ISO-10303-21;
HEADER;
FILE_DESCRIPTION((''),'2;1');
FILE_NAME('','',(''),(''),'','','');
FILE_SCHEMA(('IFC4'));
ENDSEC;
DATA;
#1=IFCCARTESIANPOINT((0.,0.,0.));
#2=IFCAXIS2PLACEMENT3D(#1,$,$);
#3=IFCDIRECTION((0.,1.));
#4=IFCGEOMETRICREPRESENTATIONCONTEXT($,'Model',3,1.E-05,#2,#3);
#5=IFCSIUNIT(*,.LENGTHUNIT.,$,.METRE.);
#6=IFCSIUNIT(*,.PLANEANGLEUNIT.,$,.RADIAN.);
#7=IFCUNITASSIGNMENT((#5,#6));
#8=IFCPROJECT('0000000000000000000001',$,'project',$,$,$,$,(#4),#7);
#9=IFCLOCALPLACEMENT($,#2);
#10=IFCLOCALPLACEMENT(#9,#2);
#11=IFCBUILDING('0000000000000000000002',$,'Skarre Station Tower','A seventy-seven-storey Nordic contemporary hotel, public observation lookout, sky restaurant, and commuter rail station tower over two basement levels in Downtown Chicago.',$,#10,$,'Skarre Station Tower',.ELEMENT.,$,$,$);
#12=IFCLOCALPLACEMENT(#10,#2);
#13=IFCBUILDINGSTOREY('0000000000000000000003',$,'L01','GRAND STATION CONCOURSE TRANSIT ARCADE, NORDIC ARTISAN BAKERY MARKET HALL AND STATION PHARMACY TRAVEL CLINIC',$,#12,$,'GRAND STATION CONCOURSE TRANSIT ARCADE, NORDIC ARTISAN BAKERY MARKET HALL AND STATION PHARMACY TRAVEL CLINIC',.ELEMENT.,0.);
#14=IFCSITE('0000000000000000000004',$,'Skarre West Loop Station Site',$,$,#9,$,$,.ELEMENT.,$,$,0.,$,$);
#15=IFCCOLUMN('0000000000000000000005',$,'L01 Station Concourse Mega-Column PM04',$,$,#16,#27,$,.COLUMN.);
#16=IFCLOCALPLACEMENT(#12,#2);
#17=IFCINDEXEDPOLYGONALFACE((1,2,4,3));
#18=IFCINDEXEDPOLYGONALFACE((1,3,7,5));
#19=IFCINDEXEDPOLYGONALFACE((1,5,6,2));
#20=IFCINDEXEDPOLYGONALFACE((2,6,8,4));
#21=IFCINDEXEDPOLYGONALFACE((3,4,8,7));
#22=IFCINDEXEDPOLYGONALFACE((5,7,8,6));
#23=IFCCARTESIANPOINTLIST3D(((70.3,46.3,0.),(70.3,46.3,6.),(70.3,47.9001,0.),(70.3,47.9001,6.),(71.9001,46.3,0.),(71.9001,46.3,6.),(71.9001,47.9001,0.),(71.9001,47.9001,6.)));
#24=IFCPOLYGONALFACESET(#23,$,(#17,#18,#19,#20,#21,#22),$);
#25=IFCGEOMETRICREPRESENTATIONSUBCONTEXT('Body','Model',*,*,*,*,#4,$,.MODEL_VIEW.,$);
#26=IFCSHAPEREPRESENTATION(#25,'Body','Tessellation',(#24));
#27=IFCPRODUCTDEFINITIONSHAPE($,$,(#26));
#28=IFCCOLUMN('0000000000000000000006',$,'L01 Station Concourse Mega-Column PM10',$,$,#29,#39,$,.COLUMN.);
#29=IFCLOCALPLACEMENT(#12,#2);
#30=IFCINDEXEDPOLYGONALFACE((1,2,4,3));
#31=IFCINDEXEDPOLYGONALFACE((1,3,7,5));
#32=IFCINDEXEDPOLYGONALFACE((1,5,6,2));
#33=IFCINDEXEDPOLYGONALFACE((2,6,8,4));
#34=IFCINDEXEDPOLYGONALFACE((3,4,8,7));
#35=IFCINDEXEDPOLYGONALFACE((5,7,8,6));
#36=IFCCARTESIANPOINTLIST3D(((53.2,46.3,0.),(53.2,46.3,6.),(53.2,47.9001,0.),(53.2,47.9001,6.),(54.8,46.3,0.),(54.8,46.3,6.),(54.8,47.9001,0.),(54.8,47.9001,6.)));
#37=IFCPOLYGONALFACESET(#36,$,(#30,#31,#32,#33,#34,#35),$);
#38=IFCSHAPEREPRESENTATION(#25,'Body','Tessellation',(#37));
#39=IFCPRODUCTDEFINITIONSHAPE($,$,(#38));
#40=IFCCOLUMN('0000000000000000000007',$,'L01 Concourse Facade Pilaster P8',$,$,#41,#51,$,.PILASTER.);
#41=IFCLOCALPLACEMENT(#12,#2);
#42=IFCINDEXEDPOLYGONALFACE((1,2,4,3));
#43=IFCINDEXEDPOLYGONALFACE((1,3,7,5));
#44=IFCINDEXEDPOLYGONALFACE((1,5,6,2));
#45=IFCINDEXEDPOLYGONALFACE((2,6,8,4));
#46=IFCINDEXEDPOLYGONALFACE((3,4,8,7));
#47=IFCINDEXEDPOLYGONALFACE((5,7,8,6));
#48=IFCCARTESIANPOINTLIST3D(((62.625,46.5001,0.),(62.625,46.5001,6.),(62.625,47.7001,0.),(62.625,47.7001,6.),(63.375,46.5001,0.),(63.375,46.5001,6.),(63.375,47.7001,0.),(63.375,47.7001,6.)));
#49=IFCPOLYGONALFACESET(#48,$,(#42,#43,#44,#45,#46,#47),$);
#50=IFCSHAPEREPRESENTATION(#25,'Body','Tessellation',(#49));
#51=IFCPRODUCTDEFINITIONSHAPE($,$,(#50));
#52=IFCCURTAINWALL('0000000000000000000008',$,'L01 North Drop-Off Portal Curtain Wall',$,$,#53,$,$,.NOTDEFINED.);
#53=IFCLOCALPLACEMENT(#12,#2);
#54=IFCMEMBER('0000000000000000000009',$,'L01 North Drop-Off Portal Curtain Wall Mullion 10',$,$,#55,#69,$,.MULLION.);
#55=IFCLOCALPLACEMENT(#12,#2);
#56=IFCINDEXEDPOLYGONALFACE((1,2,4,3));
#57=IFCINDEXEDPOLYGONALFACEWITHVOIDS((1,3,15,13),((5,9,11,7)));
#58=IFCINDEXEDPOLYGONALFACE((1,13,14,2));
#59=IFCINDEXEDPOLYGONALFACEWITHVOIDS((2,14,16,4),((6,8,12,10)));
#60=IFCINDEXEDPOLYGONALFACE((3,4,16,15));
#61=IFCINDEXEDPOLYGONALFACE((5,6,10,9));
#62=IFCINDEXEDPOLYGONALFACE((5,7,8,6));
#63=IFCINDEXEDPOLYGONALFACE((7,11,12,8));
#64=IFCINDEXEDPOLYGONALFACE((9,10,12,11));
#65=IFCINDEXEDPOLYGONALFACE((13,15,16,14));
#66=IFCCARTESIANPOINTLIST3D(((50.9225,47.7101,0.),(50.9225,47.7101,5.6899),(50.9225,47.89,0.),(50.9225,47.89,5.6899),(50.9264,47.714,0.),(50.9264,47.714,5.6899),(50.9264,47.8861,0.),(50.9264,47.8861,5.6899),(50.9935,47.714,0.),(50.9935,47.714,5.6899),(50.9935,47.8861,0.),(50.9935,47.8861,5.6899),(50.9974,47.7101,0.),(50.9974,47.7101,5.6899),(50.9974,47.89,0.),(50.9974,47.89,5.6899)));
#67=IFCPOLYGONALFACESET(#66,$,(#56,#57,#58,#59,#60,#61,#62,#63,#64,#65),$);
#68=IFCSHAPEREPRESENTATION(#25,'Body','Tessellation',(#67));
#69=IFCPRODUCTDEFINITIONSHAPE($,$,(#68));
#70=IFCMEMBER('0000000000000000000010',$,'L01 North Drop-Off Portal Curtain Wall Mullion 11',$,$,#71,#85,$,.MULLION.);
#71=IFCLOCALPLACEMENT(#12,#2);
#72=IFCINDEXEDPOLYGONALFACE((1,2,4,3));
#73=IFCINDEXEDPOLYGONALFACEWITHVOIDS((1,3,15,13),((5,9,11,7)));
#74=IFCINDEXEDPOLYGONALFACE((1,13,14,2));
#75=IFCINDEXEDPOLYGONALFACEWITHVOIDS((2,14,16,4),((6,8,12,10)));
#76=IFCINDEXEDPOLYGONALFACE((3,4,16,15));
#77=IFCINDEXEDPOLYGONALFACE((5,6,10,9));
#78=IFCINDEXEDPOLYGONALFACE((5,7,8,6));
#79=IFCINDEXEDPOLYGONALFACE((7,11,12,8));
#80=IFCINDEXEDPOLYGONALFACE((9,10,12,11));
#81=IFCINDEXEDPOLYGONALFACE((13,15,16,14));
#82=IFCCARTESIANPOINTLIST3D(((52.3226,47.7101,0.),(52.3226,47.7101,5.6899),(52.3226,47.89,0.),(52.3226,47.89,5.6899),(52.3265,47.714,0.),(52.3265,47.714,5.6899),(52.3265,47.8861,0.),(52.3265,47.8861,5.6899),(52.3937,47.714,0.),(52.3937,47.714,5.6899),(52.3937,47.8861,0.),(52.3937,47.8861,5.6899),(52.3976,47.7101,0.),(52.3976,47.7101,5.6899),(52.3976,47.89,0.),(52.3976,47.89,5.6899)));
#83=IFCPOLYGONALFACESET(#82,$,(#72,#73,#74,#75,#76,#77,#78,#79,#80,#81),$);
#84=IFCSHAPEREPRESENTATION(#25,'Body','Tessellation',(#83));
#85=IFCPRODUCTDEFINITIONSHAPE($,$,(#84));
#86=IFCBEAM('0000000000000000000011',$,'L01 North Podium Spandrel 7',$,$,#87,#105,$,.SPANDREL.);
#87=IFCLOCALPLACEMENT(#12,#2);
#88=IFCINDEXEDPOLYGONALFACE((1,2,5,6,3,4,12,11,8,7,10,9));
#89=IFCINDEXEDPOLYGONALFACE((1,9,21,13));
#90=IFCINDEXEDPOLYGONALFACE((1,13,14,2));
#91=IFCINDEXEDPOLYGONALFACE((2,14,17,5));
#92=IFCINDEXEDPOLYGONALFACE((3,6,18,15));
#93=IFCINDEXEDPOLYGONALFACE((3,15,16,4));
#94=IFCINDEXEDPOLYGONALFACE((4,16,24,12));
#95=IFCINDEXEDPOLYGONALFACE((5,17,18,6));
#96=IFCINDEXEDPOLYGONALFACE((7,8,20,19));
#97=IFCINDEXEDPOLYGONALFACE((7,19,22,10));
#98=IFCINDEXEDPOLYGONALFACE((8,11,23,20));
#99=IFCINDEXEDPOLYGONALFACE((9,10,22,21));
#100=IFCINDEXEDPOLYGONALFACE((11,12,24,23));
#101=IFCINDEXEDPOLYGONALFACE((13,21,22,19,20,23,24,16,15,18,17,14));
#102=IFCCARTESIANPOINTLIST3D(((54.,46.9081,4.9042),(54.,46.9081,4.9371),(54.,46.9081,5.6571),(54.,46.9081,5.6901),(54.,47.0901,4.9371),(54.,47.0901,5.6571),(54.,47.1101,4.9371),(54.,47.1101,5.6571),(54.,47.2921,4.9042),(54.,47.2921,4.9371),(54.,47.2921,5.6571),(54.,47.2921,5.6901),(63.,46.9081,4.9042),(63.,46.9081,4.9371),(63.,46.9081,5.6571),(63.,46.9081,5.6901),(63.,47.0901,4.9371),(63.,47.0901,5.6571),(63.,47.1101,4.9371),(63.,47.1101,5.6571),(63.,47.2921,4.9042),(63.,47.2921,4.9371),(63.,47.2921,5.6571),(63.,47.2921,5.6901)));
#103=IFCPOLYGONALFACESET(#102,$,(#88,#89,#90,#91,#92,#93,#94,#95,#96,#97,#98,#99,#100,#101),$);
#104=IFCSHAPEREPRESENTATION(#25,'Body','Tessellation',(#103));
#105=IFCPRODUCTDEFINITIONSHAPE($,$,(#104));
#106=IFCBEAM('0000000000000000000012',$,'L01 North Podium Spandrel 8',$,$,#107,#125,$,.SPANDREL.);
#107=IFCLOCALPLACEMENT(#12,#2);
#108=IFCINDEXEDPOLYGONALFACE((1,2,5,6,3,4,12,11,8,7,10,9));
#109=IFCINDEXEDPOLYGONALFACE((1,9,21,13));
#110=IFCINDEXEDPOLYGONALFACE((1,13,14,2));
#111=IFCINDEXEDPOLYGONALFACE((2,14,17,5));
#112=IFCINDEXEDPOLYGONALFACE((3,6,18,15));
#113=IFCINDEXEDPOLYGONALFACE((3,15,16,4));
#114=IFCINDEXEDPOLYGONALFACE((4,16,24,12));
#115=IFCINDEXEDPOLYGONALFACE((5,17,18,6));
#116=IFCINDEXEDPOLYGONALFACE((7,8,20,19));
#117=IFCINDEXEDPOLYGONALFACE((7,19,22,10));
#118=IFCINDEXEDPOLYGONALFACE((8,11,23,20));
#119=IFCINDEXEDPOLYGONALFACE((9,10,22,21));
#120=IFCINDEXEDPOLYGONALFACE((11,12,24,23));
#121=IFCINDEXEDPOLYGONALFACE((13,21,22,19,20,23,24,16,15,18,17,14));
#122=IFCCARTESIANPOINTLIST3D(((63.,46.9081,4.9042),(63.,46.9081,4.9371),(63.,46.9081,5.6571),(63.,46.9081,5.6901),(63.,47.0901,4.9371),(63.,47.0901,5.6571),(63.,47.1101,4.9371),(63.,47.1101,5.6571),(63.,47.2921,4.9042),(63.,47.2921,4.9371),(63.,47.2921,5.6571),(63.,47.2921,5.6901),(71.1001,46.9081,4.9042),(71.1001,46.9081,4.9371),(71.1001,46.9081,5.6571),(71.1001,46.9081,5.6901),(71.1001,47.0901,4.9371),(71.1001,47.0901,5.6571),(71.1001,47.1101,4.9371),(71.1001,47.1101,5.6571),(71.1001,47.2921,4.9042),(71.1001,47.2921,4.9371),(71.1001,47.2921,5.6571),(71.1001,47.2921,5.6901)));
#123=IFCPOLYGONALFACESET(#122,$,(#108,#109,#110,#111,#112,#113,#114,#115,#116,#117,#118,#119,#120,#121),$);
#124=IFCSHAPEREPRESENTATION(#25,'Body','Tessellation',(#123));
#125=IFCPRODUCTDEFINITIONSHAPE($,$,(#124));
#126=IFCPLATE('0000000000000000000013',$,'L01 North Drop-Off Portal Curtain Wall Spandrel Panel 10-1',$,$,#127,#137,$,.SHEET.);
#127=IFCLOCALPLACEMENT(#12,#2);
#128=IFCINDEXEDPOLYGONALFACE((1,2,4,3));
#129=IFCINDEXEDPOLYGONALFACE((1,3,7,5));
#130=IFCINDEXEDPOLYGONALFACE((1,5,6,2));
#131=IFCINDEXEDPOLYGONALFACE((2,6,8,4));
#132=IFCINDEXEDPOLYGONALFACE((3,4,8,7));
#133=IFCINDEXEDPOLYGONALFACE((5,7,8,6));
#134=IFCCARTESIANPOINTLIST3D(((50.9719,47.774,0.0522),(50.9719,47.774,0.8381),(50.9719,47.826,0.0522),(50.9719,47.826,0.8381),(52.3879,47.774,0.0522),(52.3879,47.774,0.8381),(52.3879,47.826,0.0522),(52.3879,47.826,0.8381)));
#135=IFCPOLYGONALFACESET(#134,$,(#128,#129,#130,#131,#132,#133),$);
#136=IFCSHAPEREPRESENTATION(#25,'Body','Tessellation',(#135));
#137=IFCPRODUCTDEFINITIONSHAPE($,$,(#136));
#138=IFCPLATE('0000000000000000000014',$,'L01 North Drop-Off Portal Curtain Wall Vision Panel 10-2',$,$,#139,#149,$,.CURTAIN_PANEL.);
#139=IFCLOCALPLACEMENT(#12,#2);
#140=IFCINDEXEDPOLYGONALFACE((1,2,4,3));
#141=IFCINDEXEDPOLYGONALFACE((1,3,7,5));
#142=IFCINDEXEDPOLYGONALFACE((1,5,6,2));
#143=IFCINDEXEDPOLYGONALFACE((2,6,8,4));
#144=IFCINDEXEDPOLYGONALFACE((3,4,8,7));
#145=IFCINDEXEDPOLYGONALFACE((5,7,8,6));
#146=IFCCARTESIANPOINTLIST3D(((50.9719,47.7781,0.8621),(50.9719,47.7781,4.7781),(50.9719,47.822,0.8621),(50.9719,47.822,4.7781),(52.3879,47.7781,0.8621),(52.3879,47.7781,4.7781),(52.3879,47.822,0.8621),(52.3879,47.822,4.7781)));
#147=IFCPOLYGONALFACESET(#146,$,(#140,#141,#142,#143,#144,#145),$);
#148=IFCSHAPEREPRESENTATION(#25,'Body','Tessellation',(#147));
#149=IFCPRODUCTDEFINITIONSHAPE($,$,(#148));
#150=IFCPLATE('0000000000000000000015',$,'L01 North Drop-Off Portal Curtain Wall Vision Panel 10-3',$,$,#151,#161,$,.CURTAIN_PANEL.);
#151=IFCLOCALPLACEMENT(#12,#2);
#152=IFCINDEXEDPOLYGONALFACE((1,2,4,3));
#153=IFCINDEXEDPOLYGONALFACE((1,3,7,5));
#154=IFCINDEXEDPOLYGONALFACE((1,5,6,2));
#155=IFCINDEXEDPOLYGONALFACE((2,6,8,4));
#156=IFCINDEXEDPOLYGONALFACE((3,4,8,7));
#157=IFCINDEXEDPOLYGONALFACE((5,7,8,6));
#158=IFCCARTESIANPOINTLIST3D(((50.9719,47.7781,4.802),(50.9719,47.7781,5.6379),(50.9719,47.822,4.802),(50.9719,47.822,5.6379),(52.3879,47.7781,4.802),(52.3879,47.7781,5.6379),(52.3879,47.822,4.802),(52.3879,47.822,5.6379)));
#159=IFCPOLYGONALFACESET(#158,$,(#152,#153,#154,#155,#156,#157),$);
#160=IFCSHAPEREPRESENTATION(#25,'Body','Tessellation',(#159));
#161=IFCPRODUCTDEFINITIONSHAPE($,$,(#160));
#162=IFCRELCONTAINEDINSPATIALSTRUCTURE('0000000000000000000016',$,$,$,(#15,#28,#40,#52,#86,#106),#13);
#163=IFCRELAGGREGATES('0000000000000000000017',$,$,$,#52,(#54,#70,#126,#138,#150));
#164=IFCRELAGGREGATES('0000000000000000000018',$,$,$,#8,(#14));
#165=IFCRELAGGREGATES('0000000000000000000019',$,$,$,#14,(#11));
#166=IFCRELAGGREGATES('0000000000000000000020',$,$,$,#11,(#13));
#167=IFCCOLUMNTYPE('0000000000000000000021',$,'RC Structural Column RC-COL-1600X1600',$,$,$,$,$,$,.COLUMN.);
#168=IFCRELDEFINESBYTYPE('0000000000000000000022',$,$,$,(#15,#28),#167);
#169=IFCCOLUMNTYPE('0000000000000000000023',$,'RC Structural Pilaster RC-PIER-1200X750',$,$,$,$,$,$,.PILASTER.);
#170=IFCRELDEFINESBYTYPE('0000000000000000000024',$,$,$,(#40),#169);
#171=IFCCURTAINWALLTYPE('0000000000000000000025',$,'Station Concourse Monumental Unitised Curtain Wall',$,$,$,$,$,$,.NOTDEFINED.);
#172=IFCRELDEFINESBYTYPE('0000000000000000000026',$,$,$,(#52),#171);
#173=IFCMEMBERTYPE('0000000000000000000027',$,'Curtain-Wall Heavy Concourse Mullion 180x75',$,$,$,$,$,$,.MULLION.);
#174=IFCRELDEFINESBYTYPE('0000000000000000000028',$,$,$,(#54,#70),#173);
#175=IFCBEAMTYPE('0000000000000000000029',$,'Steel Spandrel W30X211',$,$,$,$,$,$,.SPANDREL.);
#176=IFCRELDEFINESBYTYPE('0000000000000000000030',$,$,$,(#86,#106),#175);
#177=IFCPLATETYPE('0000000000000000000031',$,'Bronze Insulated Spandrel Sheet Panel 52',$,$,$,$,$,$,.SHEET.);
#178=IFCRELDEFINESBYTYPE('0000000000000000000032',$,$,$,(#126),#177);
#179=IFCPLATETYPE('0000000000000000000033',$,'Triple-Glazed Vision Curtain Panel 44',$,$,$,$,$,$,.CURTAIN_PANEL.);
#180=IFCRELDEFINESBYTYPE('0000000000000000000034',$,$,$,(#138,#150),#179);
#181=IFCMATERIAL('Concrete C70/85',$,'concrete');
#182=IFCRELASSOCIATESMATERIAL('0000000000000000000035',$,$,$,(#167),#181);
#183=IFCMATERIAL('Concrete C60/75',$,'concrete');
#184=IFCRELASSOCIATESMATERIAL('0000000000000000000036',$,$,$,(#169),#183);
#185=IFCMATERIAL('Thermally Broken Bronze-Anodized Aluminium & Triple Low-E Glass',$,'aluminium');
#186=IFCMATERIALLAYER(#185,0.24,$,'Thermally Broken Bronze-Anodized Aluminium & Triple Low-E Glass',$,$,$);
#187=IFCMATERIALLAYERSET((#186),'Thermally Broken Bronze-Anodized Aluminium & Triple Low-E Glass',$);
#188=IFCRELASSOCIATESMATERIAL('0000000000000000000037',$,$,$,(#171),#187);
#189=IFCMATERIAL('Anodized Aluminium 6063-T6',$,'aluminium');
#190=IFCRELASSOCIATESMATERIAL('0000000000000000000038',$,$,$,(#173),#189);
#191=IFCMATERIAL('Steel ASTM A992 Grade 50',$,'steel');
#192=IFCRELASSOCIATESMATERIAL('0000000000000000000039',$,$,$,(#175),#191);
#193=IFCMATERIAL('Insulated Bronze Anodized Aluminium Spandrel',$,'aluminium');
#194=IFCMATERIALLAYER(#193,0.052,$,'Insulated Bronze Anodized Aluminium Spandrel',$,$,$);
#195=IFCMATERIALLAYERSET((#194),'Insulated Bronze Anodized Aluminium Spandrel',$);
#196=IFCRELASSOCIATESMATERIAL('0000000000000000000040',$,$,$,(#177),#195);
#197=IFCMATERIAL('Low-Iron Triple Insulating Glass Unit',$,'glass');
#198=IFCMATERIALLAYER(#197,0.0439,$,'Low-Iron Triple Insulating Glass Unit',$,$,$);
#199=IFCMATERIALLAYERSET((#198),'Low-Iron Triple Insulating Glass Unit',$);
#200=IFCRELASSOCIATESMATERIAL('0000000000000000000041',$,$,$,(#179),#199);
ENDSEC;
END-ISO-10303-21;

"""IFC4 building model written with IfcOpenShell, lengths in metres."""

from ifc_helpers import new_model, si_unit, direction, frame, origin, origin_2d, place, context, subcontext, project, spatial, rectangle, hollow_rectangle, i_section, extrude, material, layer, layer_set, material_profile, profile_set, type_object, element, aggregate, save


model = new_model("IFC4")

# Units and contexts
model_context = context("Model", 3, precision=1e-05, world=origin(), true_north=direction((0.0, 1.0)))
body_context = subcontext(model_context, "Body", "Model", "MODEL_VIEW")
ifc_project = project(units=[si_unit("LENGTHUNIT", "METRE"), si_unit("PLANEANGLEUNIT", "RADIAN")], contexts=[model_context])

# Site, building, storey
site_placement = place(None, origin())
site = spatial("IfcSite", under=ifc_project, at=site_placement, Name="Skarre West Loop Station Site", CompositionType="ELEMENT", RefElevation=0.0)
building_placement = place(site_placement, origin())
building = spatial("IfcBuilding", under=site, at=building_placement, Name="Skarre Station Tower", Description="A seventy-seven-storey Nordic contemporary hotel, public observation lookout, sky restaurant, and commuter rail station tower over two basement levels in Downtown Chicago.", LongName="Skarre Station Tower", CompositionType="ELEMENT")
storey_placement = place(building_placement, origin())
storey = spatial("IfcBuildingStorey", under=building, at=storey_placement, Name="L01", Description="GRAND STATION CONCOURSE TRANSIT ARCADE, NORDIC ARTISAN BAKERY MARKET HALL AND STATION PHARMACY TRAVEL CLINIC", LongName="GRAND STATION CONCOURSE TRANSIT ARCADE, NORDIC ARTISAN BAKERY MARKET HALL AND STATION PHARMACY TRAVEL CLINIC", CompositionType="ELEMENT", Elevation=0.0)

# Columns
ifc_material_1 = material(Name="Concrete C70/85", Category="concrete")
ifc_material_profile_1 = material_profile(ifc_material_1, rectangle(XDim=1.6001, YDim=1.6001, at=origin_2d()), Name="Concrete C70/85")
ifc_profile_set_1 = profile_set([ifc_material_profile_1], Name="Concrete C70/85")
column_type_1 = type_object("IfcColumnType", Name="RC Structural Column RC-COL-1600X1600", PredefinedType="COLUMN", material=ifc_profile_set_1)
for number, where, z_axis, x_axis, name in (
    (1, (71.1001, 47.1001, 0.0), (0.0, 0.0, 1.0), (1.0, 0.0, 0.0), "L01 Station Concourse Mega-Column PM04"),
    (2, (54.0, 47.1001, 0.0), (0.0, 0.0, 1.0), (1.0, 0.0, 0.0), "L01 Station Concourse Mega-Column PM10"),
):
    element("IfcColumn", number, at=place(storey_placement, frame(where, z_axis=z_axis, x_axis=x_axis)), inside=storey, type_object=column_type_1, Name=name, PredefinedType="COLUMN", context=body_context, shape_type="SweptSolid", body=[
        extrude(rectangle(XDim=1.6001, YDim=1.6001, at=origin_2d()), origin(), (0.0, 0.0, 1.0), 6.0),
    ])
ifc_material_2 = material(Name="Concrete C60/75", Category="concrete")
ifc_material_profile_2 = material_profile(ifc_material_2, rectangle(XDim=0.75, YDim=1.2, at=origin_2d()), Name="Concrete C60/75")
ifc_profile_set_2 = profile_set([ifc_material_profile_2], Name="Concrete C60/75")
column_type_2 = type_object("IfcColumnType", Name="RC Structural Pilaster RC-PIER-1200X750", PredefinedType="PILASTER", material=ifc_profile_set_2)
column_placement = place(storey_placement, frame((63.0, 47.1001, 0.0), z_axis=(0.0, 0.0, 1.0), x_axis=(1.0, 0.0, 0.0)))
element("IfcColumn", 3, at=column_placement, inside=storey, type_object=column_type_2, Name="L01 Concourse Facade Pilaster P8", PredefinedType="PILASTER", context=body_context, shape_type="SweptSolid", body=[
    extrude(rectangle(XDim=0.75, YDim=1.2, at=origin_2d()), origin(), (0.0, 0.0, 1.0), 6.0),
])

# Curtain wall, members
ifc_material_3 = material(Name="Thermally Broken Bronze-Anodized Aluminium & Triple Low-E Glass", Category="aluminium")
ifc_layer_1 = layer(ifc_material_3, 0.24, Name="Thermally Broken Bronze-Anodized Aluminium & Triple Low-E Glass")
ifc_layer_set_1 = layer_set([ifc_layer_1], Name="Thermally Broken Bronze-Anodized Aluminium & Triple Low-E Glass")
curtain_wall_type = type_object("IfcCurtainWallType", Name="Station Concourse Monumental Unitised Curtain Wall", PredefinedType="NOTDEFINED", material=ifc_layer_set_1)
curtain_wall_placement = place(storey_placement, origin())
curtain_wall = element("IfcCurtainWall", 4, at=curtain_wall_placement, inside=storey, type_object=curtain_wall_type, Name="L01 North Drop-Off Portal Curtain Wall", PredefinedType="NOTDEFINED")
ifc_material_4 = material(Name="Anodized Aluminium 6063-T6", Category="aluminium")
ifc_material_profile_3 = material_profile(ifc_material_4, hollow_rectangle(XDim=0.075, YDim=0.1799, WallThickness=0.0039, at=origin_2d()), Name="Anodized Aluminium 6063-T6")
ifc_profile_set_3 = profile_set([ifc_material_profile_3], Name="Anodized Aluminium 6063-T6")
member_type = type_object("IfcMemberType", Name="Curtain-Wall Heavy Concourse Mullion 180x75", PredefinedType="MULLION", material=ifc_profile_set_3)
member_1_placement = place(storey_placement, frame((50.96, 47.8, 0.0), z_axis=(0.0, 0.0, 1.0), x_axis=(1.0, 0.0, 0.0)))
member_1 = element("IfcMember", 5, at=member_1_placement, type_object=member_type, Name="L01 North Drop-Off Portal Curtain Wall Mullion 10", PredefinedType="MULLION", context=body_context, shape_type="SweptSolid", body=[
    extrude(hollow_rectangle(XDim=0.075, YDim=0.1799, WallThickness=0.0039, at=origin_2d()), origin(), (0.0, 0.0, 1.0), 5.6899),
])
member_2_placement = place(storey_placement, frame((52.3601, 47.8, 0.0), z_axis=(0.0, 0.0, 1.0), x_axis=(1.0, 0.0, 0.0)))
member_2 = element("IfcMember", 6, at=member_2_placement, type_object=member_type, Name="L01 North Drop-Off Portal Curtain Wall Mullion 11", PredefinedType="MULLION", context=body_context, shape_type="SweptSolid", body=[
    extrude(hollow_rectangle(XDim=0.075, YDim=0.1799, WallThickness=0.0039, at=origin_2d()), origin(), (0.0, 0.0, 1.0), 5.6899),
])

# Beams
ifc_material_5 = material(Name="Steel ASTM A992 Grade 50", Category="steel")
ifc_material_profile_4 = material_profile(ifc_material_5, i_section(OverallWidth=0.384, OverallDepth=0.7859, WebThickness=0.02, FlangeThickness=0.033, at=origin_2d()), Name="Steel ASTM A992 Grade 50")
ifc_profile_set_4 = profile_set([ifc_material_profile_4], Name="Steel ASTM A992 Grade 50")
beam_type = type_object("IfcBeamType", Name="Steel Spandrel W30X211", PredefinedType="SPANDREL", material=ifc_profile_set_4)
beam_1_placement = place(storey_placement, frame((54.0, 47.1001, 5.2971), z_axis=(1.0, 0.0, 0.0), x_axis=(0.0, 1.0, 0.0)))
element("IfcBeam", 7, at=beam_1_placement, inside=storey, type_object=beam_type, Name="L01 North Podium Spandrel 7", PredefinedType="SPANDREL", context=body_context, shape_type="SweptSolid", body=[
    extrude(i_section(OverallWidth=0.384, OverallDepth=0.7859, WebThickness=0.02, FlangeThickness=0.033, at=origin_2d()), origin(), (0.0, 0.0, 1.0), 9.0),
])
beam_2_placement = place(storey_placement, frame((63.0, 47.1001, 5.2971), z_axis=(1.0, 0.0, 0.0), x_axis=(0.0, 1.0, 0.0)))
element("IfcBeam", 8, at=beam_2_placement, inside=storey, type_object=beam_type, Name="L01 North Podium Spandrel 8", PredefinedType="SPANDREL", context=body_context, shape_type="SweptSolid", body=[
    extrude(i_section(OverallWidth=0.384, OverallDepth=0.7859, WebThickness=0.02, FlangeThickness=0.033, at=origin_2d()), origin(), (0.0, 0.0, 1.0), 8.1001),
])

# Plates
ifc_material_6 = material(Name="Insulated Bronze Anodized Aluminium Spandrel", Category="aluminium")
ifc_layer_2 = layer(ifc_material_6, 0.052, Name="Insulated Bronze Anodized Aluminium Spandrel")
ifc_layer_set_2 = layer_set([ifc_layer_2], Name="Insulated Bronze Anodized Aluminium Spandrel")
plate_type_1 = type_object("IfcPlateType", Name="Bronze Insulated Spandrel Sheet Panel 52", PredefinedType="SHEET", material=ifc_layer_set_2)
plate_1_placement = place(storey_placement, frame((51.6799, 47.8, 0.0522), z_axis=(0.0, 0.0, 1.0), x_axis=(1.0, 0.0, 0.0)))
plate_1 = element("IfcPlate", 9, at=plate_1_placement, type_object=plate_type_1, Name="L01 North Drop-Off Portal Curtain Wall Spandrel Panel 10-1", PredefinedType="SHEET", context=body_context, shape_type="SweptSolid", body=[
    extrude(rectangle(XDim=1.416, YDim=0.052, at=origin_2d()), origin(), (0.0, 0.0, 1.0), 0.7859),
])
ifc_material_7 = material(Name="Low-Iron Triple Insulating Glass Unit", Category="glass")
ifc_layer_3 = layer(ifc_material_7, 0.0439, Name="Low-Iron Triple Insulating Glass Unit")
ifc_layer_set_3 = layer_set([ifc_layer_3], Name="Low-Iron Triple Insulating Glass Unit")
plate_type_2 = type_object("IfcPlateType", Name="Triple-Glazed Vision Curtain Panel 44", PredefinedType="CURTAIN_PANEL", material=ifc_layer_set_3)
plate_2_placement = place(storey_placement, frame((51.6799, 47.8, 0.8621), z_axis=(0.0, 0.0, 1.0), x_axis=(1.0, 0.0, 0.0)))
plate_2 = element("IfcPlate", 10, at=plate_2_placement, type_object=plate_type_2, Name="L01 North Drop-Off Portal Curtain Wall Vision Panel 10-2", PredefinedType="CURTAIN_PANEL", context=body_context, shape_type="SweptSolid", body=[
    extrude(rectangle(XDim=1.416, YDim=0.0439, at=origin_2d()), origin(), (0.0, 0.0, 1.0), 3.916),
])
plate_3_placement = place(storey_placement, frame((51.6799, 47.8, 4.802), z_axis=(0.0, 0.0, 1.0), x_axis=(1.0, 0.0, 0.0)))
plate_3 = element("IfcPlate", 11, at=plate_3_placement, type_object=plate_type_2, Name="L01 North Drop-Off Portal Curtain Wall Vision Panel 10-3", PredefinedType="CURTAIN_PANEL", context=body_context, shape_type="SweptSolid", body=[
    extrude(rectangle(XDim=1.416, YDim=0.0439, at=origin_2d()), origin(), (0.0, 0.0, 1.0), 0.8359),
])
aggregate(curtain_wall, [member_1, member_2, plate_1, plate_2, plate_3])

save(model, "model.ifc")
